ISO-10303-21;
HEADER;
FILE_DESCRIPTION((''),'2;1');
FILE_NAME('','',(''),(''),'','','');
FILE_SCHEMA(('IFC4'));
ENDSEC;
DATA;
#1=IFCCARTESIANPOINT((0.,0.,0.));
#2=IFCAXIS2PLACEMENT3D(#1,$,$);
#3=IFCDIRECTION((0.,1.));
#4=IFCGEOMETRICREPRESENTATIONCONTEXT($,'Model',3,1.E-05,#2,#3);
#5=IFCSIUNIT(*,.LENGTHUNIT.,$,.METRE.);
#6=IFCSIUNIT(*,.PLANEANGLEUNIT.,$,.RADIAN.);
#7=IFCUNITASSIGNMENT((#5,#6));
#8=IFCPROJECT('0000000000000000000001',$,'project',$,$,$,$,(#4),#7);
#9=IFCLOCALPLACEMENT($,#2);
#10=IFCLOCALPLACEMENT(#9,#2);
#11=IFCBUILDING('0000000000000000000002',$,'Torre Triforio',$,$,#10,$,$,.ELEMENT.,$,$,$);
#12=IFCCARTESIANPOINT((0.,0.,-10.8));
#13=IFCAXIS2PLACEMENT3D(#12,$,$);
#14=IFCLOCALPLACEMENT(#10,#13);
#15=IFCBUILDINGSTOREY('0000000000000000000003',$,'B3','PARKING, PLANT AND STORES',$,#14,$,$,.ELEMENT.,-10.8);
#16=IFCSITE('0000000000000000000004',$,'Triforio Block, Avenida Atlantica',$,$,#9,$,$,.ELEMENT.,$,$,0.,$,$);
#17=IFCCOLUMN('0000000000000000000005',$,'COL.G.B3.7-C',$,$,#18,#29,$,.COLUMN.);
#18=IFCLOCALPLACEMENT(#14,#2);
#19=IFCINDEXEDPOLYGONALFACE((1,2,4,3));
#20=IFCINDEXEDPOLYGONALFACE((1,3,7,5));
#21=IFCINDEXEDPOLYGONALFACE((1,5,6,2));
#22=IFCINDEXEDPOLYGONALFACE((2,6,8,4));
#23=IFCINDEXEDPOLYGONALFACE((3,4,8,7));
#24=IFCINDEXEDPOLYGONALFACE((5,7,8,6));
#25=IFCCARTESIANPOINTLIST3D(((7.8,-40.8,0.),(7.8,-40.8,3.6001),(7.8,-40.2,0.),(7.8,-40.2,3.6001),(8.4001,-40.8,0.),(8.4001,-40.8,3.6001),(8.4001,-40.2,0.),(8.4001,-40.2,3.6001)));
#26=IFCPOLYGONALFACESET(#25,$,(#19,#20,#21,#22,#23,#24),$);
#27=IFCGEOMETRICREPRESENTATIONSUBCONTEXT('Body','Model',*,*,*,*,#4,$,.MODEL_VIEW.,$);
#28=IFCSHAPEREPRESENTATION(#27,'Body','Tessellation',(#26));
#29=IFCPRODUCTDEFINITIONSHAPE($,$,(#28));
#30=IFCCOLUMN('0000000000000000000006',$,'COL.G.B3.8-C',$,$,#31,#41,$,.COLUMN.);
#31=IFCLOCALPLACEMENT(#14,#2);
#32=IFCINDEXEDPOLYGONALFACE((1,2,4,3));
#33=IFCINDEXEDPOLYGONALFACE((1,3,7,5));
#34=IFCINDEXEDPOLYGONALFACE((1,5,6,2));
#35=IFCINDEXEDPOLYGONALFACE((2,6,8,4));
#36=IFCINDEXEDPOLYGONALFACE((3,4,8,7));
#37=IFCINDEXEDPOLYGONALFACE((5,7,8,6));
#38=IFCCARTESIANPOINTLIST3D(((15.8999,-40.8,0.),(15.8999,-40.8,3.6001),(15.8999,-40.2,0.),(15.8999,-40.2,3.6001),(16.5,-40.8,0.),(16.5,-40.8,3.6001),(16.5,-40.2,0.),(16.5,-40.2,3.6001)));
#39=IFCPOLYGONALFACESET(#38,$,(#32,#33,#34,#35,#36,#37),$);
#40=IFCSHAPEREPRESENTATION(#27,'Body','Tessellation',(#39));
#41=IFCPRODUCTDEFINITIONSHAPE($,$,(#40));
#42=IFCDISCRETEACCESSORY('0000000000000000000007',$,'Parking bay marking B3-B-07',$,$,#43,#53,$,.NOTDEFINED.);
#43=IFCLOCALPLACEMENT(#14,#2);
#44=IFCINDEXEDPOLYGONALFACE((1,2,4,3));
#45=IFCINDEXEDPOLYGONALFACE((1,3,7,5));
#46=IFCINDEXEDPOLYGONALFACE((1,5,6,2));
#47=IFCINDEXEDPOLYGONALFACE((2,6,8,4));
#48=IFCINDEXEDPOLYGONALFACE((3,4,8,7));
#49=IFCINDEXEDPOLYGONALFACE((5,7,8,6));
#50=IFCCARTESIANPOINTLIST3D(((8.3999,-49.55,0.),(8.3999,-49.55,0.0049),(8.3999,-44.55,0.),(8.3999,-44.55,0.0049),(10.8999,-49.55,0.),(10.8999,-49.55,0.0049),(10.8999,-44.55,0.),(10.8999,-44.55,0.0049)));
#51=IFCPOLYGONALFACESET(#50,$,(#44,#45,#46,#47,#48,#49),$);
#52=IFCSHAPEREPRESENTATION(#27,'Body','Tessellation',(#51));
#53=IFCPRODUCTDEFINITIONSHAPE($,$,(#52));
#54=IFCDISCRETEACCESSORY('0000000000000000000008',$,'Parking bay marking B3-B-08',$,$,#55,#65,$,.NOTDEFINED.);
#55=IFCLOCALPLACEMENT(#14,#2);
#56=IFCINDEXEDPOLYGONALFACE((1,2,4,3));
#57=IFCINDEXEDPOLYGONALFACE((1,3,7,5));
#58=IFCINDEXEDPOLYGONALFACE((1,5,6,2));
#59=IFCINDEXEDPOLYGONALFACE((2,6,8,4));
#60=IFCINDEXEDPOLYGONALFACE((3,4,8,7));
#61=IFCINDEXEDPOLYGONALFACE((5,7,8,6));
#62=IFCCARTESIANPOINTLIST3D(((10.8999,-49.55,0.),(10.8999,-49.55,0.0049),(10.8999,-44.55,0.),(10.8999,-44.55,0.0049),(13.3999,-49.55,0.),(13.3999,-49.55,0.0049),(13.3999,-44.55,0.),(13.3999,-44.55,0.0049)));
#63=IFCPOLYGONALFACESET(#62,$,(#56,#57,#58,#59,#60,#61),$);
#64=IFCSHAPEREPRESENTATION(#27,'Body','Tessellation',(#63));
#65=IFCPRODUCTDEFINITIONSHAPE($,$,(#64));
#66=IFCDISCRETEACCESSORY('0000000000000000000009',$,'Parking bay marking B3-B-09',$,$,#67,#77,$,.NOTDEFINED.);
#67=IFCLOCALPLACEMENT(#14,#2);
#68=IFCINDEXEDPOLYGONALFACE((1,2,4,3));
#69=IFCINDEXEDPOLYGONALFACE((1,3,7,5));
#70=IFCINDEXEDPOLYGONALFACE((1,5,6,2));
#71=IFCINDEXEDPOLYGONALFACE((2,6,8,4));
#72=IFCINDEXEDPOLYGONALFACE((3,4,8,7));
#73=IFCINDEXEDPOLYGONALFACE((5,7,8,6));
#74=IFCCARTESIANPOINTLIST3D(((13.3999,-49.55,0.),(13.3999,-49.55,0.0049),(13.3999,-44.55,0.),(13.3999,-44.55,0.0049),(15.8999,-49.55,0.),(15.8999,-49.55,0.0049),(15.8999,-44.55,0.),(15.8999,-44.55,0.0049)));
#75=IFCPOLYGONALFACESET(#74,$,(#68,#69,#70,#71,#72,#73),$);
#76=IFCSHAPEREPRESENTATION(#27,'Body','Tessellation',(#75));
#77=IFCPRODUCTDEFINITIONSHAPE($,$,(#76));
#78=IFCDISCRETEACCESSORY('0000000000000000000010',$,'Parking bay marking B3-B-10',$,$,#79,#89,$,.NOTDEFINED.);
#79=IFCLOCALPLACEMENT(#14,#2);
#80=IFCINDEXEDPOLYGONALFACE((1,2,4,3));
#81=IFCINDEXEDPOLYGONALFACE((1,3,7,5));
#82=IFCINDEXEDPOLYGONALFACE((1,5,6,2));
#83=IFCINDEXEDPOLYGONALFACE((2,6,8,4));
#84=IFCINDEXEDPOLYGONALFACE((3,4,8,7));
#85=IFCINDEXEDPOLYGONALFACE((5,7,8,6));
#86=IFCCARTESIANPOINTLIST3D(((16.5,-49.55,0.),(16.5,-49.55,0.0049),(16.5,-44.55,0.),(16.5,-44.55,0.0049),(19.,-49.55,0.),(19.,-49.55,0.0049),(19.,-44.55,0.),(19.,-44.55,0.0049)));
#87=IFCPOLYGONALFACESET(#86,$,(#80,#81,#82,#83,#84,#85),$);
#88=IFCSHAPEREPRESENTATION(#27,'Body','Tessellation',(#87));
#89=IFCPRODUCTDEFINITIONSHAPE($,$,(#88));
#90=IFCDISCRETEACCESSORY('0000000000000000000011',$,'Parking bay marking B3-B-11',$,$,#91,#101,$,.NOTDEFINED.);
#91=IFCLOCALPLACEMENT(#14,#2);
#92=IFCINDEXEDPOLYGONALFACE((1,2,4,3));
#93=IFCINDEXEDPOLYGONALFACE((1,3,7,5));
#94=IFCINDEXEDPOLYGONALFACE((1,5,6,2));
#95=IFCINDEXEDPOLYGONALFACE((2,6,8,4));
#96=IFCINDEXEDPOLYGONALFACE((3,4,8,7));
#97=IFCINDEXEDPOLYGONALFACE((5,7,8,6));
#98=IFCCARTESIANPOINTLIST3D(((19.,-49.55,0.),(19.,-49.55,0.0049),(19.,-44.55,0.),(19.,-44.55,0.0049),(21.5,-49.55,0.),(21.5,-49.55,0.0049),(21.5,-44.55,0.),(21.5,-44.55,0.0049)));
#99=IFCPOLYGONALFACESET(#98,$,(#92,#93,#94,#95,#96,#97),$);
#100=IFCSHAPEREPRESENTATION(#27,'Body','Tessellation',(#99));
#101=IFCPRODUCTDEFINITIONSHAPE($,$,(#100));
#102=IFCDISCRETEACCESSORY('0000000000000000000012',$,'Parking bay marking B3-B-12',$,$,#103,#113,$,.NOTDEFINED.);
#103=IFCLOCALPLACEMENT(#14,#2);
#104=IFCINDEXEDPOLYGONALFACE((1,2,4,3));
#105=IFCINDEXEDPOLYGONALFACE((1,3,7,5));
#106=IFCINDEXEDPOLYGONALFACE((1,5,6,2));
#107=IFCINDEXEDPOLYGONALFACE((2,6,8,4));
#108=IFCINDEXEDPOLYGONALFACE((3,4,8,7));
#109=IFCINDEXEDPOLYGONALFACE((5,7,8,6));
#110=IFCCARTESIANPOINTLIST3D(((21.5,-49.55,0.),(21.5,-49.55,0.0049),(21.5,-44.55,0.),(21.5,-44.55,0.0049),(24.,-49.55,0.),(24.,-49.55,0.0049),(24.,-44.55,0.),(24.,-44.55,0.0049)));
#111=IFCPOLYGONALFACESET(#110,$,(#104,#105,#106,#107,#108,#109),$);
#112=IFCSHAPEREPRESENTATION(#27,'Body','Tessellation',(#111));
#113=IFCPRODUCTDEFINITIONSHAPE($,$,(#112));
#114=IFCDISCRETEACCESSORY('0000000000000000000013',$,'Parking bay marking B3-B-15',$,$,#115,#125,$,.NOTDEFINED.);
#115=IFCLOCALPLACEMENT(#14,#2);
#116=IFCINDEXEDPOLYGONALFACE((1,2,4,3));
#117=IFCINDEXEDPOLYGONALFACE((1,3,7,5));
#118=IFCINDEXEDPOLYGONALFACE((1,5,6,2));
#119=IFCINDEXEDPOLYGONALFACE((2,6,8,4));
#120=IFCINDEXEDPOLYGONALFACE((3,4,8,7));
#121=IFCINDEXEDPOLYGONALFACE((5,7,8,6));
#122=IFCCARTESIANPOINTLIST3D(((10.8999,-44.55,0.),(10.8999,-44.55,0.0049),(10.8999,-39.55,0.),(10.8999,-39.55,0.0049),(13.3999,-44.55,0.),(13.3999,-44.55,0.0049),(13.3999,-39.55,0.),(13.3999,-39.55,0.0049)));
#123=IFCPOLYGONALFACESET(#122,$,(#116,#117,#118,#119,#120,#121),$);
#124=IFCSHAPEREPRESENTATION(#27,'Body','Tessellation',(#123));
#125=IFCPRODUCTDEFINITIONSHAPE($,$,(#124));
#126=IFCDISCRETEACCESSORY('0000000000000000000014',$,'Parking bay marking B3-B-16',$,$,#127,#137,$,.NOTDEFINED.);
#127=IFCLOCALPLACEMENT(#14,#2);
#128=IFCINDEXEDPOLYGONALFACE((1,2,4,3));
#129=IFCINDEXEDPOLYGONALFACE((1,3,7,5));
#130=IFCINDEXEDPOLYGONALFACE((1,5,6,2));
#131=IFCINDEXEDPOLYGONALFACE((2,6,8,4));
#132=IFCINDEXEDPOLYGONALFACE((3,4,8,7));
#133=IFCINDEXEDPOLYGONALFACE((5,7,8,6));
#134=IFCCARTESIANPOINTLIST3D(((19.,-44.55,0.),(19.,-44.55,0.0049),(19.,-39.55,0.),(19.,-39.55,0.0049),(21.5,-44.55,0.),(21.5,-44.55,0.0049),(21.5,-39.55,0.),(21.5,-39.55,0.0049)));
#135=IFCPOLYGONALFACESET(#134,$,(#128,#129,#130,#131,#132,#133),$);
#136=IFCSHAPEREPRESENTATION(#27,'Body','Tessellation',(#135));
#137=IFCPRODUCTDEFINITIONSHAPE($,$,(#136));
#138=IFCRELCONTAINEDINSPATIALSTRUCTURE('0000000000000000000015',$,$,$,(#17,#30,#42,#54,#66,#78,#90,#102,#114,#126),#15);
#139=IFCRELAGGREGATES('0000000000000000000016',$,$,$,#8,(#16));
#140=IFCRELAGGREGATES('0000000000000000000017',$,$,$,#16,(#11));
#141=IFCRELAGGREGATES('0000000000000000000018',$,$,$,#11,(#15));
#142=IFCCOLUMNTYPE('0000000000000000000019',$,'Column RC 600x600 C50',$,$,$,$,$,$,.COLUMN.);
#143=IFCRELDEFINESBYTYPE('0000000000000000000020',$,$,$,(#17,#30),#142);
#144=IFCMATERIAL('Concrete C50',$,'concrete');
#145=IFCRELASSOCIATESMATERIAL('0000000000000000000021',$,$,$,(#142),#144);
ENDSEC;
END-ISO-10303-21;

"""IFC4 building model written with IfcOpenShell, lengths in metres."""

from ifc_helpers import new_model, si_unit, direction, frame, origin, origin_2d, place, context, subcontext, project, spatial, rectangle, extrude, material, material_profile, profile_set, type_object, element, save


model = new_model("IFC4")

# Units and contexts
model_context = context("Model", 3, precision=1e-05, world=origin(), true_north=direction((0.0, 1.0)))
body_context = subcontext(model_context, "Body", "Model", "MODEL_VIEW")
ifc_project = project(units=[si_unit("LENGTHUNIT", "METRE"), si_unit("PLANEANGLEUNIT", "RADIAN")], contexts=[model_context])

# Site, building, storey
site_placement = place(None, origin())
site = spatial("IfcSite", under=ifc_project, at=site_placement, Name="Triforio Block, Avenida Atlantica", CompositionType="ELEMENT", RefElevation=0.0)
building_placement = place(site_placement, origin())
building = spatial("IfcBuilding", under=site, at=building_placement, Name="Torre Triforio", CompositionType="ELEMENT")
storey_placement = place(building_placement, frame((0.0, 0.0, -10.8)))
storey = spatial("IfcBuildingStorey", under=building, at=storey_placement, Name="B3", Description="PARKING, PLANT AND STORES", CompositionType="ELEMENT", Elevation=-10.8)

# Shared definitions
ifc_material_1 = material(Name="Concrete C50", Category="concrete")

# Columns
ifc_material_profile_1 = material_profile(ifc_material_1, rectangle(XDim=0.6001, YDim=0.6001, at=origin_2d()), Name="RC 600x600")
ifc_profile_set_1 = profile_set([ifc_material_profile_1], Name="Concrete C50")
column_type_1 = type_object("IfcColumnType", Name="Column RC 600x600 C50", PredefinedType="COLUMN", material=ifc_profile_set_1)
for number, where, z_axis, x_axis, name in (
    (1, (8.1001, -40.5, 0.0), (0.0, 0.0, 1.0), (1.0, 0.0, 0.0), "COL.G.B3.7-C"),
    (2, (16.2, -40.5, 0.0), (0.0, 0.0, 1.0), (1.0, 0.0, 0.0), "COL.G.B3.8-C"),
):
    element("IfcColumn", number, at=place(storey_placement, frame(where, z_axis=z_axis, x_axis=x_axis)), inside=storey, type_object=column_type_1, Name=name, PredefinedType="COLUMN", context=body_context, shape_type="SweptSolid", body=[
        extrude(rectangle(XDim=0.6001, YDim=0.6001, at=origin_2d()), origin(), (0.0, 0.0, 1.0), 3.6001),
    ])

# Discrete accessories
for number, where, z_axis, x_axis, name in (
    (3, (9.6499, -47.05, 0.0), (0.0, 0.0, 1.0), (1.0, 0.0, 0.0), "Parking bay marking B3-B-07"),
    (4, (12.1499, -47.05, 0.0), (0.0, 0.0, 1.0), (1.0, 0.0, 0.0), "Parking bay marking B3-B-08"),
    (5, (14.6499, -47.05, 0.0), (0.0, 0.0, 1.0), (1.0, 0.0, 0.0), "Parking bay marking B3-B-09"),
    (6, (17.75, -47.05, 0.0), (0.0, 0.0, 1.0), (1.0, 0.0, 0.0), "Parking bay marking B3-B-10"),
    (7, (20.25, -47.05, 0.0), (0.0, 0.0, 1.0), (1.0, 0.0, 0.0), "Parking bay marking B3-B-11"),
    (8, (22.75, -47.05, 0.0), (0.0, 0.0, 1.0), (1.0, 0.0, 0.0), "Parking bay marking B3-B-12"),
    (9, (12.1499, -42.05, 0.0), (0.0, 0.0, 1.0), (1.0, 0.0, 0.0), "Parking bay marking B3-B-15"),
    (10, (20.25, -42.05, 0.0), (0.0, 0.0, 1.0), (1.0, 0.0, 0.0), "Parking bay marking B3-B-16"),
):
    element("IfcDiscreteAccessory", number, at=place(storey_placement, frame(where, z_axis=z_axis, x_axis=x_axis)), inside=storey, Name=name, PredefinedType="NOTDEFINED", context=body_context, shape_type="SweptSolid", body=[
        extrude(rectangle(XDim=2.5, YDim=5.0, at=origin_2d()), origin(), (0.0, 0.0, 1.0), 0.0049),
    ])

save(model, "model.ifc")
